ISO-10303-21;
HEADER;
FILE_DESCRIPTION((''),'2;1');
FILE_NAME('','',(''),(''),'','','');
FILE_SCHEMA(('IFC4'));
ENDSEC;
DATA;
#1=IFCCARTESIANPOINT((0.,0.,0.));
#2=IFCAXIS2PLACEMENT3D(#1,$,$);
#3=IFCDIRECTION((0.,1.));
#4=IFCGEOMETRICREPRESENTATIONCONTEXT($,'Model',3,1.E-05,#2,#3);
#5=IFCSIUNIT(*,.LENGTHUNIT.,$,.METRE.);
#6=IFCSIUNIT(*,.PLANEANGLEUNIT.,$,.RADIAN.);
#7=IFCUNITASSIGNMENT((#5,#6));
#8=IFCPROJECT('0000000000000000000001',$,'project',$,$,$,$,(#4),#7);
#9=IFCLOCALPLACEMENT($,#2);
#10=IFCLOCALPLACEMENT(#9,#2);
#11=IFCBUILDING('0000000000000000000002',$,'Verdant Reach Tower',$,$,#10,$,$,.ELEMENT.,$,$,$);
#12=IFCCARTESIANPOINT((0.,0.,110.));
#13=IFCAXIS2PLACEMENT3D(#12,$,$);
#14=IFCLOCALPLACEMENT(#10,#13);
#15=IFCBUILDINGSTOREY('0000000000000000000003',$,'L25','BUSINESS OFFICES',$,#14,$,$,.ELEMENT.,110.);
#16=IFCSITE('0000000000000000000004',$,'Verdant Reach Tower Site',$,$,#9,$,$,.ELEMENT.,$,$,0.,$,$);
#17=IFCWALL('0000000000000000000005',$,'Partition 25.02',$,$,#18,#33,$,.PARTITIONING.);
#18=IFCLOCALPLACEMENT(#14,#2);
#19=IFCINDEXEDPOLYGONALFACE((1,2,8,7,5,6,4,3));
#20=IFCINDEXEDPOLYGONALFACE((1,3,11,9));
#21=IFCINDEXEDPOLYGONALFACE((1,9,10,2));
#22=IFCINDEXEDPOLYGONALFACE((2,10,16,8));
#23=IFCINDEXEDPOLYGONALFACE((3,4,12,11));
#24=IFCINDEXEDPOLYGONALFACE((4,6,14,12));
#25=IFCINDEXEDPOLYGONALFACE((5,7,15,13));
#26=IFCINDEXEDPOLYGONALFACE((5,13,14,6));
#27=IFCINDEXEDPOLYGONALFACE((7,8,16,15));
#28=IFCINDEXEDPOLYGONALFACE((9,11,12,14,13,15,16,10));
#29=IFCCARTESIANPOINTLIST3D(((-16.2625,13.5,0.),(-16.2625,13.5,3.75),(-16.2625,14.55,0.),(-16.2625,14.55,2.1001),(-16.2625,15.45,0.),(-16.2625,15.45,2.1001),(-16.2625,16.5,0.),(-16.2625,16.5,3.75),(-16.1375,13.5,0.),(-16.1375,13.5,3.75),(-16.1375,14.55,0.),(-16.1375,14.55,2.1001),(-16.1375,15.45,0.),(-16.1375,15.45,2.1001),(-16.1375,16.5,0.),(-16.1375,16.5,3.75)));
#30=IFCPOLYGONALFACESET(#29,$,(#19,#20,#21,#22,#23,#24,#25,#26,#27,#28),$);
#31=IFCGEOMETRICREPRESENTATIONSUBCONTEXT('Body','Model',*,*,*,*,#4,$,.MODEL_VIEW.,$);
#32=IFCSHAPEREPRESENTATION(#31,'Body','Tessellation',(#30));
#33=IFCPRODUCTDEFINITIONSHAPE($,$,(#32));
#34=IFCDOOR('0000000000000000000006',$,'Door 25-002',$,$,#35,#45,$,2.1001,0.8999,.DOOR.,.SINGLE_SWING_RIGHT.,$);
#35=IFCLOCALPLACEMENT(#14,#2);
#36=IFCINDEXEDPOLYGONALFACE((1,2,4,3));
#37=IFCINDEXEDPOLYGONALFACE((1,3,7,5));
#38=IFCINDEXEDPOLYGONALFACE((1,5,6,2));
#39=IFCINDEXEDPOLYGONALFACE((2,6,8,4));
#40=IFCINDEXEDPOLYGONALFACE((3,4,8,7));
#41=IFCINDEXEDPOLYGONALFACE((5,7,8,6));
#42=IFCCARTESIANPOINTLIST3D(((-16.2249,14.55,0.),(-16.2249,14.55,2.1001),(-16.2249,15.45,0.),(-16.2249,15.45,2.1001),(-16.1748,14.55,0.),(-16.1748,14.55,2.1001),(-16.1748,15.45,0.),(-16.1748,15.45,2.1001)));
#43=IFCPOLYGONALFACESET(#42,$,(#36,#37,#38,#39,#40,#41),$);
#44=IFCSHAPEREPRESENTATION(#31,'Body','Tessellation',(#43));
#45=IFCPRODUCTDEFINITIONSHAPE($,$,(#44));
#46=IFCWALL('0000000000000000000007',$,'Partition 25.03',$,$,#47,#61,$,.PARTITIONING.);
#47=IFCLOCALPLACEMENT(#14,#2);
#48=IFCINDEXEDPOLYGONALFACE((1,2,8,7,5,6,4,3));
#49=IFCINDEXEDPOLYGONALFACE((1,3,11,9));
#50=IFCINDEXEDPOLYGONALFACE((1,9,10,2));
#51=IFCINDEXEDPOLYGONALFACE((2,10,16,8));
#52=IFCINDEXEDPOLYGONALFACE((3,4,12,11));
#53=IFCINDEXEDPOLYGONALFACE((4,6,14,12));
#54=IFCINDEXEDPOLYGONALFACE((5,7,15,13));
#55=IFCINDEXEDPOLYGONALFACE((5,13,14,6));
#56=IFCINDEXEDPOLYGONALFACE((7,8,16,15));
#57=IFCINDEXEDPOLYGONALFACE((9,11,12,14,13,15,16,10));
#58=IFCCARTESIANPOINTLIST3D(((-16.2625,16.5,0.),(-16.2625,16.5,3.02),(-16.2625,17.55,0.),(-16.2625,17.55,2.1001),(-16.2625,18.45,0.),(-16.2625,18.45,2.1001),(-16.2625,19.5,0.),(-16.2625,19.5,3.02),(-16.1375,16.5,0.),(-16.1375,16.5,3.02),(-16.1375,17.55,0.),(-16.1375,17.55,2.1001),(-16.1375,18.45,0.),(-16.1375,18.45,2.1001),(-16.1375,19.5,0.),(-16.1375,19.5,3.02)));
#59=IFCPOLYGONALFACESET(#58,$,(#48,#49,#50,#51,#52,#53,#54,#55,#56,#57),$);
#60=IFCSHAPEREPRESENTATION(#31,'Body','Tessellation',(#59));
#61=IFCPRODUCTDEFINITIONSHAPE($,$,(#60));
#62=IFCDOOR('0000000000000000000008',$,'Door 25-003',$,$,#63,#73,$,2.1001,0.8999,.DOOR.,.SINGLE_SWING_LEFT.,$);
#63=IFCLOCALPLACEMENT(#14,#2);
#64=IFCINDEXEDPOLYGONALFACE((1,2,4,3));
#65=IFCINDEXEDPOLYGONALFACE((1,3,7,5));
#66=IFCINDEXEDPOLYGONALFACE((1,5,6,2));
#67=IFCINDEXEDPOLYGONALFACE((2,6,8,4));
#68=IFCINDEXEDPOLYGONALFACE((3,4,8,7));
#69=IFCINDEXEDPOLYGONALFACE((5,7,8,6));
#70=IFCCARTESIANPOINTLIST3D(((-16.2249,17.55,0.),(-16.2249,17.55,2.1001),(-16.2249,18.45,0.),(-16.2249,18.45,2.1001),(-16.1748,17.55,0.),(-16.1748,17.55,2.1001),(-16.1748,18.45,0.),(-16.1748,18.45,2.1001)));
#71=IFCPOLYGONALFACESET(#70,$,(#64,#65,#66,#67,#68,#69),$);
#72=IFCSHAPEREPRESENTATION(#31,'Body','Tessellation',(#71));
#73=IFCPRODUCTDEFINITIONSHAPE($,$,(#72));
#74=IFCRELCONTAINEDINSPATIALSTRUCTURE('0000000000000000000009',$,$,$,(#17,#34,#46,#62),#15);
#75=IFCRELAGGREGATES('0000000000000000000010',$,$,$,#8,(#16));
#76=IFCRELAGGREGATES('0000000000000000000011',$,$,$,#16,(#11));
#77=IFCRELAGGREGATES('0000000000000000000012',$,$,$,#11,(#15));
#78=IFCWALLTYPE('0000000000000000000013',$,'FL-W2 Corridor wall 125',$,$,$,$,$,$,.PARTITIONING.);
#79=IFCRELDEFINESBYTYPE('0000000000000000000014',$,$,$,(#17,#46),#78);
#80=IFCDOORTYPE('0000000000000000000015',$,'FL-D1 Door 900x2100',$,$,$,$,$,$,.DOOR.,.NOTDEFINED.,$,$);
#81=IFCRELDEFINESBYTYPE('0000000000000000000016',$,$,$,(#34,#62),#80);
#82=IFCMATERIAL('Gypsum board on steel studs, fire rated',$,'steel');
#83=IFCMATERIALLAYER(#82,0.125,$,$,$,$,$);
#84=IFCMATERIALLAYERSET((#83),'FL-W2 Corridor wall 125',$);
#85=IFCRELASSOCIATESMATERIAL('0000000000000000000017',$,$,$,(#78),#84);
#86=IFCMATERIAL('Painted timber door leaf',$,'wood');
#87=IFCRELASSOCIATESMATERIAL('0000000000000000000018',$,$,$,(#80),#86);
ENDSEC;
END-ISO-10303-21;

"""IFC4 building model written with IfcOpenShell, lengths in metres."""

from ifc_helpers import new_model, si_unit, direction, frame, frame_2d, origin, place, context, subcontext, project, spatial, rectangle, extrude, material, layer, layer_set, type_object, element, fill, save


model = new_model("IFC4")

# Units and contexts
model_context = context("Model", 3, precision=1e-05, world=origin(), true_north=direction((0.0, 1.0)))
body_context = subcontext(model_context, "Body", "Model", "MODEL_VIEW")
ifc_project = project(units=[si_unit("LENGTHUNIT", "METRE"), si_unit("PLANEANGLEUNIT", "RADIAN")], contexts=[model_context])

# Site, building, storey
site_placement = place(None, origin())
site = spatial("IfcSite", under=ifc_project, at=site_placement, Name="Verdant Reach Tower Site", CompositionType="ELEMENT", RefElevation=0.0)
building_placement = place(site_placement, origin())
building = spatial("IfcBuilding", under=site, at=building_placement, Name="Verdant Reach Tower", CompositionType="ELEMENT")
storey_placement = place(building_placement, frame((0.0, 0.0, 110.0)))
storey = spatial("IfcBuildingStorey", under=building, at=storey_placement, Name="L25", Description="BUSINESS OFFICES", CompositionType="ELEMENT", Elevation=110.0)

# Walls, openings, doors
ifc_material_1 = material(Name="Gypsum board on steel studs, fire rated", Category="steel")
ifc_layer_1 = layer(ifc_material_1, 0.125)
ifc_layer_set_1 = layer_set([ifc_layer_1], Name="FL-W2 Corridor wall 125")
wall_type_1 = type_object("IfcWallType", Name="FL-W2 Corridor wall 125", PredefinedType="PARTITIONING", material=ifc_layer_set_1)
wall_1_placement = place(storey_placement, frame((-16.2, 13.5, 0.0), z_axis=(0.0, 0.0, 1.0), x_axis=(0.0, 1.0, 0.0)))
wall_1 = element("IfcWall", 1, at=wall_1_placement, inside=storey, type_object=wall_type_1, Name="Partition 25.02", PredefinedType="PARTITIONING", context=body_context, shape_type="SweptSolid", body=[
    extrude(rectangle(XDim=3.0, YDim=0.125, at=frame_2d((1.5, 0.0))), origin(), (0.0, 0.0, 1.0), 3.75),
])
opening_1_placement = place(wall_1_placement, frame((1.05, 0.0, 0.0)))
opening_1 = element("IfcOpeningElement", 2, at=opening_1_placement, cuts=wall_1, PredefinedType="OPENING", context=body_context, shape_type="SweptSolid", body=[
    extrude(rectangle(XDim=0.8999, YDim=2.1001, at=frame_2d((0.45, 1.05))), frame((0.0, 0.0725, 0.0), z_axis=(0.0, -1.0, 0.0), x_axis=(1.0, 0.0, 0.0)), (0.0, 0.0, 1.0), 0.145),
])
ifc_material_2 = material(Name="Painted timber door leaf", Category="wood")
door_type_1 = type_object("IfcDoorType", Name="FL-D1 Door 900x2100", OperationType="NOTDEFINED", PredefinedType="DOOR", material=ifc_material_2)
door_1_placement = place(opening_1_placement, origin())
door_1 = element("IfcDoor", 3, at=door_1_placement, inside=storey, type_object=door_type_1, Name="Door 25-002", OperationType="SINGLE_SWING_RIGHT", OverallHeight=2.1001, OverallWidth=0.8999, PredefinedType="DOOR", context=body_context, shape_type="SweptSolid", body=[
    extrude(rectangle(XDim=0.8999, YDim=2.1001, at=frame_2d((0.45, 1.05))), frame((0.0, 0.0249, 0.0), z_axis=(0.0, -1.0, 0.0), x_axis=(1.0, 0.0, 0.0)), (0.0, 0.0, 1.0), 0.05),
])
fill(opening_1, door_1)
wall_2_placement = place(storey_placement, frame((-16.2, 16.5, 0.0), z_axis=(0.0, 0.0, 1.0), x_axis=(0.0, 1.0, 0.0)))
wall_2 = element("IfcWall", 4, at=wall_2_placement, inside=storey, type_object=wall_type_1, Name="Partition 25.03", PredefinedType="PARTITIONING", context=body_context, shape_type="SweptSolid", body=[
    extrude(rectangle(XDim=3.0, YDim=0.125, at=frame_2d((1.5, 0.0))), origin(), (0.0, 0.0, 1.0), 3.02),
])
opening_2_placement = place(wall_2_placement, frame((1.05, 0.0, 0.0)))
opening_2 = element("IfcOpeningElement", 5, at=opening_2_placement, cuts=wall_2, PredefinedType="OPENING", context=body_context, shape_type="SweptSolid", body=[
    extrude(rectangle(XDim=0.8999, YDim=2.1001, at=frame_2d((0.45, 1.05))), frame((0.0, 0.0725, 0.0), z_axis=(0.0, -1.0, 0.0), x_axis=(1.0, 0.0, 0.0)), (0.0, 0.0, 1.0), 0.145),
])
door_2_placement = place(opening_2_placement, origin())
door_2 = element("IfcDoor", 6, at=door_2_placement, inside=storey, type_object=door_type_1, Name="Door 25-003", OperationType="SINGLE_SWING_LEFT", OverallHeight=2.1001, OverallWidth=0.8999, PredefinedType="DOOR", context=body_context, shape_type="SweptSolid", body=[
    extrude(rectangle(XDim=0.8999, YDim=2.1001, at=frame_2d((0.45, 1.05))), frame((0.0, 0.0249, 0.0), z_axis=(0.0, -1.0, 0.0), x_axis=(1.0, 0.0, 0.0)), (0.0, 0.0, 1.0), 0.05),
])
fill(opening_2, door_2)

save(model, "model.ifc")
